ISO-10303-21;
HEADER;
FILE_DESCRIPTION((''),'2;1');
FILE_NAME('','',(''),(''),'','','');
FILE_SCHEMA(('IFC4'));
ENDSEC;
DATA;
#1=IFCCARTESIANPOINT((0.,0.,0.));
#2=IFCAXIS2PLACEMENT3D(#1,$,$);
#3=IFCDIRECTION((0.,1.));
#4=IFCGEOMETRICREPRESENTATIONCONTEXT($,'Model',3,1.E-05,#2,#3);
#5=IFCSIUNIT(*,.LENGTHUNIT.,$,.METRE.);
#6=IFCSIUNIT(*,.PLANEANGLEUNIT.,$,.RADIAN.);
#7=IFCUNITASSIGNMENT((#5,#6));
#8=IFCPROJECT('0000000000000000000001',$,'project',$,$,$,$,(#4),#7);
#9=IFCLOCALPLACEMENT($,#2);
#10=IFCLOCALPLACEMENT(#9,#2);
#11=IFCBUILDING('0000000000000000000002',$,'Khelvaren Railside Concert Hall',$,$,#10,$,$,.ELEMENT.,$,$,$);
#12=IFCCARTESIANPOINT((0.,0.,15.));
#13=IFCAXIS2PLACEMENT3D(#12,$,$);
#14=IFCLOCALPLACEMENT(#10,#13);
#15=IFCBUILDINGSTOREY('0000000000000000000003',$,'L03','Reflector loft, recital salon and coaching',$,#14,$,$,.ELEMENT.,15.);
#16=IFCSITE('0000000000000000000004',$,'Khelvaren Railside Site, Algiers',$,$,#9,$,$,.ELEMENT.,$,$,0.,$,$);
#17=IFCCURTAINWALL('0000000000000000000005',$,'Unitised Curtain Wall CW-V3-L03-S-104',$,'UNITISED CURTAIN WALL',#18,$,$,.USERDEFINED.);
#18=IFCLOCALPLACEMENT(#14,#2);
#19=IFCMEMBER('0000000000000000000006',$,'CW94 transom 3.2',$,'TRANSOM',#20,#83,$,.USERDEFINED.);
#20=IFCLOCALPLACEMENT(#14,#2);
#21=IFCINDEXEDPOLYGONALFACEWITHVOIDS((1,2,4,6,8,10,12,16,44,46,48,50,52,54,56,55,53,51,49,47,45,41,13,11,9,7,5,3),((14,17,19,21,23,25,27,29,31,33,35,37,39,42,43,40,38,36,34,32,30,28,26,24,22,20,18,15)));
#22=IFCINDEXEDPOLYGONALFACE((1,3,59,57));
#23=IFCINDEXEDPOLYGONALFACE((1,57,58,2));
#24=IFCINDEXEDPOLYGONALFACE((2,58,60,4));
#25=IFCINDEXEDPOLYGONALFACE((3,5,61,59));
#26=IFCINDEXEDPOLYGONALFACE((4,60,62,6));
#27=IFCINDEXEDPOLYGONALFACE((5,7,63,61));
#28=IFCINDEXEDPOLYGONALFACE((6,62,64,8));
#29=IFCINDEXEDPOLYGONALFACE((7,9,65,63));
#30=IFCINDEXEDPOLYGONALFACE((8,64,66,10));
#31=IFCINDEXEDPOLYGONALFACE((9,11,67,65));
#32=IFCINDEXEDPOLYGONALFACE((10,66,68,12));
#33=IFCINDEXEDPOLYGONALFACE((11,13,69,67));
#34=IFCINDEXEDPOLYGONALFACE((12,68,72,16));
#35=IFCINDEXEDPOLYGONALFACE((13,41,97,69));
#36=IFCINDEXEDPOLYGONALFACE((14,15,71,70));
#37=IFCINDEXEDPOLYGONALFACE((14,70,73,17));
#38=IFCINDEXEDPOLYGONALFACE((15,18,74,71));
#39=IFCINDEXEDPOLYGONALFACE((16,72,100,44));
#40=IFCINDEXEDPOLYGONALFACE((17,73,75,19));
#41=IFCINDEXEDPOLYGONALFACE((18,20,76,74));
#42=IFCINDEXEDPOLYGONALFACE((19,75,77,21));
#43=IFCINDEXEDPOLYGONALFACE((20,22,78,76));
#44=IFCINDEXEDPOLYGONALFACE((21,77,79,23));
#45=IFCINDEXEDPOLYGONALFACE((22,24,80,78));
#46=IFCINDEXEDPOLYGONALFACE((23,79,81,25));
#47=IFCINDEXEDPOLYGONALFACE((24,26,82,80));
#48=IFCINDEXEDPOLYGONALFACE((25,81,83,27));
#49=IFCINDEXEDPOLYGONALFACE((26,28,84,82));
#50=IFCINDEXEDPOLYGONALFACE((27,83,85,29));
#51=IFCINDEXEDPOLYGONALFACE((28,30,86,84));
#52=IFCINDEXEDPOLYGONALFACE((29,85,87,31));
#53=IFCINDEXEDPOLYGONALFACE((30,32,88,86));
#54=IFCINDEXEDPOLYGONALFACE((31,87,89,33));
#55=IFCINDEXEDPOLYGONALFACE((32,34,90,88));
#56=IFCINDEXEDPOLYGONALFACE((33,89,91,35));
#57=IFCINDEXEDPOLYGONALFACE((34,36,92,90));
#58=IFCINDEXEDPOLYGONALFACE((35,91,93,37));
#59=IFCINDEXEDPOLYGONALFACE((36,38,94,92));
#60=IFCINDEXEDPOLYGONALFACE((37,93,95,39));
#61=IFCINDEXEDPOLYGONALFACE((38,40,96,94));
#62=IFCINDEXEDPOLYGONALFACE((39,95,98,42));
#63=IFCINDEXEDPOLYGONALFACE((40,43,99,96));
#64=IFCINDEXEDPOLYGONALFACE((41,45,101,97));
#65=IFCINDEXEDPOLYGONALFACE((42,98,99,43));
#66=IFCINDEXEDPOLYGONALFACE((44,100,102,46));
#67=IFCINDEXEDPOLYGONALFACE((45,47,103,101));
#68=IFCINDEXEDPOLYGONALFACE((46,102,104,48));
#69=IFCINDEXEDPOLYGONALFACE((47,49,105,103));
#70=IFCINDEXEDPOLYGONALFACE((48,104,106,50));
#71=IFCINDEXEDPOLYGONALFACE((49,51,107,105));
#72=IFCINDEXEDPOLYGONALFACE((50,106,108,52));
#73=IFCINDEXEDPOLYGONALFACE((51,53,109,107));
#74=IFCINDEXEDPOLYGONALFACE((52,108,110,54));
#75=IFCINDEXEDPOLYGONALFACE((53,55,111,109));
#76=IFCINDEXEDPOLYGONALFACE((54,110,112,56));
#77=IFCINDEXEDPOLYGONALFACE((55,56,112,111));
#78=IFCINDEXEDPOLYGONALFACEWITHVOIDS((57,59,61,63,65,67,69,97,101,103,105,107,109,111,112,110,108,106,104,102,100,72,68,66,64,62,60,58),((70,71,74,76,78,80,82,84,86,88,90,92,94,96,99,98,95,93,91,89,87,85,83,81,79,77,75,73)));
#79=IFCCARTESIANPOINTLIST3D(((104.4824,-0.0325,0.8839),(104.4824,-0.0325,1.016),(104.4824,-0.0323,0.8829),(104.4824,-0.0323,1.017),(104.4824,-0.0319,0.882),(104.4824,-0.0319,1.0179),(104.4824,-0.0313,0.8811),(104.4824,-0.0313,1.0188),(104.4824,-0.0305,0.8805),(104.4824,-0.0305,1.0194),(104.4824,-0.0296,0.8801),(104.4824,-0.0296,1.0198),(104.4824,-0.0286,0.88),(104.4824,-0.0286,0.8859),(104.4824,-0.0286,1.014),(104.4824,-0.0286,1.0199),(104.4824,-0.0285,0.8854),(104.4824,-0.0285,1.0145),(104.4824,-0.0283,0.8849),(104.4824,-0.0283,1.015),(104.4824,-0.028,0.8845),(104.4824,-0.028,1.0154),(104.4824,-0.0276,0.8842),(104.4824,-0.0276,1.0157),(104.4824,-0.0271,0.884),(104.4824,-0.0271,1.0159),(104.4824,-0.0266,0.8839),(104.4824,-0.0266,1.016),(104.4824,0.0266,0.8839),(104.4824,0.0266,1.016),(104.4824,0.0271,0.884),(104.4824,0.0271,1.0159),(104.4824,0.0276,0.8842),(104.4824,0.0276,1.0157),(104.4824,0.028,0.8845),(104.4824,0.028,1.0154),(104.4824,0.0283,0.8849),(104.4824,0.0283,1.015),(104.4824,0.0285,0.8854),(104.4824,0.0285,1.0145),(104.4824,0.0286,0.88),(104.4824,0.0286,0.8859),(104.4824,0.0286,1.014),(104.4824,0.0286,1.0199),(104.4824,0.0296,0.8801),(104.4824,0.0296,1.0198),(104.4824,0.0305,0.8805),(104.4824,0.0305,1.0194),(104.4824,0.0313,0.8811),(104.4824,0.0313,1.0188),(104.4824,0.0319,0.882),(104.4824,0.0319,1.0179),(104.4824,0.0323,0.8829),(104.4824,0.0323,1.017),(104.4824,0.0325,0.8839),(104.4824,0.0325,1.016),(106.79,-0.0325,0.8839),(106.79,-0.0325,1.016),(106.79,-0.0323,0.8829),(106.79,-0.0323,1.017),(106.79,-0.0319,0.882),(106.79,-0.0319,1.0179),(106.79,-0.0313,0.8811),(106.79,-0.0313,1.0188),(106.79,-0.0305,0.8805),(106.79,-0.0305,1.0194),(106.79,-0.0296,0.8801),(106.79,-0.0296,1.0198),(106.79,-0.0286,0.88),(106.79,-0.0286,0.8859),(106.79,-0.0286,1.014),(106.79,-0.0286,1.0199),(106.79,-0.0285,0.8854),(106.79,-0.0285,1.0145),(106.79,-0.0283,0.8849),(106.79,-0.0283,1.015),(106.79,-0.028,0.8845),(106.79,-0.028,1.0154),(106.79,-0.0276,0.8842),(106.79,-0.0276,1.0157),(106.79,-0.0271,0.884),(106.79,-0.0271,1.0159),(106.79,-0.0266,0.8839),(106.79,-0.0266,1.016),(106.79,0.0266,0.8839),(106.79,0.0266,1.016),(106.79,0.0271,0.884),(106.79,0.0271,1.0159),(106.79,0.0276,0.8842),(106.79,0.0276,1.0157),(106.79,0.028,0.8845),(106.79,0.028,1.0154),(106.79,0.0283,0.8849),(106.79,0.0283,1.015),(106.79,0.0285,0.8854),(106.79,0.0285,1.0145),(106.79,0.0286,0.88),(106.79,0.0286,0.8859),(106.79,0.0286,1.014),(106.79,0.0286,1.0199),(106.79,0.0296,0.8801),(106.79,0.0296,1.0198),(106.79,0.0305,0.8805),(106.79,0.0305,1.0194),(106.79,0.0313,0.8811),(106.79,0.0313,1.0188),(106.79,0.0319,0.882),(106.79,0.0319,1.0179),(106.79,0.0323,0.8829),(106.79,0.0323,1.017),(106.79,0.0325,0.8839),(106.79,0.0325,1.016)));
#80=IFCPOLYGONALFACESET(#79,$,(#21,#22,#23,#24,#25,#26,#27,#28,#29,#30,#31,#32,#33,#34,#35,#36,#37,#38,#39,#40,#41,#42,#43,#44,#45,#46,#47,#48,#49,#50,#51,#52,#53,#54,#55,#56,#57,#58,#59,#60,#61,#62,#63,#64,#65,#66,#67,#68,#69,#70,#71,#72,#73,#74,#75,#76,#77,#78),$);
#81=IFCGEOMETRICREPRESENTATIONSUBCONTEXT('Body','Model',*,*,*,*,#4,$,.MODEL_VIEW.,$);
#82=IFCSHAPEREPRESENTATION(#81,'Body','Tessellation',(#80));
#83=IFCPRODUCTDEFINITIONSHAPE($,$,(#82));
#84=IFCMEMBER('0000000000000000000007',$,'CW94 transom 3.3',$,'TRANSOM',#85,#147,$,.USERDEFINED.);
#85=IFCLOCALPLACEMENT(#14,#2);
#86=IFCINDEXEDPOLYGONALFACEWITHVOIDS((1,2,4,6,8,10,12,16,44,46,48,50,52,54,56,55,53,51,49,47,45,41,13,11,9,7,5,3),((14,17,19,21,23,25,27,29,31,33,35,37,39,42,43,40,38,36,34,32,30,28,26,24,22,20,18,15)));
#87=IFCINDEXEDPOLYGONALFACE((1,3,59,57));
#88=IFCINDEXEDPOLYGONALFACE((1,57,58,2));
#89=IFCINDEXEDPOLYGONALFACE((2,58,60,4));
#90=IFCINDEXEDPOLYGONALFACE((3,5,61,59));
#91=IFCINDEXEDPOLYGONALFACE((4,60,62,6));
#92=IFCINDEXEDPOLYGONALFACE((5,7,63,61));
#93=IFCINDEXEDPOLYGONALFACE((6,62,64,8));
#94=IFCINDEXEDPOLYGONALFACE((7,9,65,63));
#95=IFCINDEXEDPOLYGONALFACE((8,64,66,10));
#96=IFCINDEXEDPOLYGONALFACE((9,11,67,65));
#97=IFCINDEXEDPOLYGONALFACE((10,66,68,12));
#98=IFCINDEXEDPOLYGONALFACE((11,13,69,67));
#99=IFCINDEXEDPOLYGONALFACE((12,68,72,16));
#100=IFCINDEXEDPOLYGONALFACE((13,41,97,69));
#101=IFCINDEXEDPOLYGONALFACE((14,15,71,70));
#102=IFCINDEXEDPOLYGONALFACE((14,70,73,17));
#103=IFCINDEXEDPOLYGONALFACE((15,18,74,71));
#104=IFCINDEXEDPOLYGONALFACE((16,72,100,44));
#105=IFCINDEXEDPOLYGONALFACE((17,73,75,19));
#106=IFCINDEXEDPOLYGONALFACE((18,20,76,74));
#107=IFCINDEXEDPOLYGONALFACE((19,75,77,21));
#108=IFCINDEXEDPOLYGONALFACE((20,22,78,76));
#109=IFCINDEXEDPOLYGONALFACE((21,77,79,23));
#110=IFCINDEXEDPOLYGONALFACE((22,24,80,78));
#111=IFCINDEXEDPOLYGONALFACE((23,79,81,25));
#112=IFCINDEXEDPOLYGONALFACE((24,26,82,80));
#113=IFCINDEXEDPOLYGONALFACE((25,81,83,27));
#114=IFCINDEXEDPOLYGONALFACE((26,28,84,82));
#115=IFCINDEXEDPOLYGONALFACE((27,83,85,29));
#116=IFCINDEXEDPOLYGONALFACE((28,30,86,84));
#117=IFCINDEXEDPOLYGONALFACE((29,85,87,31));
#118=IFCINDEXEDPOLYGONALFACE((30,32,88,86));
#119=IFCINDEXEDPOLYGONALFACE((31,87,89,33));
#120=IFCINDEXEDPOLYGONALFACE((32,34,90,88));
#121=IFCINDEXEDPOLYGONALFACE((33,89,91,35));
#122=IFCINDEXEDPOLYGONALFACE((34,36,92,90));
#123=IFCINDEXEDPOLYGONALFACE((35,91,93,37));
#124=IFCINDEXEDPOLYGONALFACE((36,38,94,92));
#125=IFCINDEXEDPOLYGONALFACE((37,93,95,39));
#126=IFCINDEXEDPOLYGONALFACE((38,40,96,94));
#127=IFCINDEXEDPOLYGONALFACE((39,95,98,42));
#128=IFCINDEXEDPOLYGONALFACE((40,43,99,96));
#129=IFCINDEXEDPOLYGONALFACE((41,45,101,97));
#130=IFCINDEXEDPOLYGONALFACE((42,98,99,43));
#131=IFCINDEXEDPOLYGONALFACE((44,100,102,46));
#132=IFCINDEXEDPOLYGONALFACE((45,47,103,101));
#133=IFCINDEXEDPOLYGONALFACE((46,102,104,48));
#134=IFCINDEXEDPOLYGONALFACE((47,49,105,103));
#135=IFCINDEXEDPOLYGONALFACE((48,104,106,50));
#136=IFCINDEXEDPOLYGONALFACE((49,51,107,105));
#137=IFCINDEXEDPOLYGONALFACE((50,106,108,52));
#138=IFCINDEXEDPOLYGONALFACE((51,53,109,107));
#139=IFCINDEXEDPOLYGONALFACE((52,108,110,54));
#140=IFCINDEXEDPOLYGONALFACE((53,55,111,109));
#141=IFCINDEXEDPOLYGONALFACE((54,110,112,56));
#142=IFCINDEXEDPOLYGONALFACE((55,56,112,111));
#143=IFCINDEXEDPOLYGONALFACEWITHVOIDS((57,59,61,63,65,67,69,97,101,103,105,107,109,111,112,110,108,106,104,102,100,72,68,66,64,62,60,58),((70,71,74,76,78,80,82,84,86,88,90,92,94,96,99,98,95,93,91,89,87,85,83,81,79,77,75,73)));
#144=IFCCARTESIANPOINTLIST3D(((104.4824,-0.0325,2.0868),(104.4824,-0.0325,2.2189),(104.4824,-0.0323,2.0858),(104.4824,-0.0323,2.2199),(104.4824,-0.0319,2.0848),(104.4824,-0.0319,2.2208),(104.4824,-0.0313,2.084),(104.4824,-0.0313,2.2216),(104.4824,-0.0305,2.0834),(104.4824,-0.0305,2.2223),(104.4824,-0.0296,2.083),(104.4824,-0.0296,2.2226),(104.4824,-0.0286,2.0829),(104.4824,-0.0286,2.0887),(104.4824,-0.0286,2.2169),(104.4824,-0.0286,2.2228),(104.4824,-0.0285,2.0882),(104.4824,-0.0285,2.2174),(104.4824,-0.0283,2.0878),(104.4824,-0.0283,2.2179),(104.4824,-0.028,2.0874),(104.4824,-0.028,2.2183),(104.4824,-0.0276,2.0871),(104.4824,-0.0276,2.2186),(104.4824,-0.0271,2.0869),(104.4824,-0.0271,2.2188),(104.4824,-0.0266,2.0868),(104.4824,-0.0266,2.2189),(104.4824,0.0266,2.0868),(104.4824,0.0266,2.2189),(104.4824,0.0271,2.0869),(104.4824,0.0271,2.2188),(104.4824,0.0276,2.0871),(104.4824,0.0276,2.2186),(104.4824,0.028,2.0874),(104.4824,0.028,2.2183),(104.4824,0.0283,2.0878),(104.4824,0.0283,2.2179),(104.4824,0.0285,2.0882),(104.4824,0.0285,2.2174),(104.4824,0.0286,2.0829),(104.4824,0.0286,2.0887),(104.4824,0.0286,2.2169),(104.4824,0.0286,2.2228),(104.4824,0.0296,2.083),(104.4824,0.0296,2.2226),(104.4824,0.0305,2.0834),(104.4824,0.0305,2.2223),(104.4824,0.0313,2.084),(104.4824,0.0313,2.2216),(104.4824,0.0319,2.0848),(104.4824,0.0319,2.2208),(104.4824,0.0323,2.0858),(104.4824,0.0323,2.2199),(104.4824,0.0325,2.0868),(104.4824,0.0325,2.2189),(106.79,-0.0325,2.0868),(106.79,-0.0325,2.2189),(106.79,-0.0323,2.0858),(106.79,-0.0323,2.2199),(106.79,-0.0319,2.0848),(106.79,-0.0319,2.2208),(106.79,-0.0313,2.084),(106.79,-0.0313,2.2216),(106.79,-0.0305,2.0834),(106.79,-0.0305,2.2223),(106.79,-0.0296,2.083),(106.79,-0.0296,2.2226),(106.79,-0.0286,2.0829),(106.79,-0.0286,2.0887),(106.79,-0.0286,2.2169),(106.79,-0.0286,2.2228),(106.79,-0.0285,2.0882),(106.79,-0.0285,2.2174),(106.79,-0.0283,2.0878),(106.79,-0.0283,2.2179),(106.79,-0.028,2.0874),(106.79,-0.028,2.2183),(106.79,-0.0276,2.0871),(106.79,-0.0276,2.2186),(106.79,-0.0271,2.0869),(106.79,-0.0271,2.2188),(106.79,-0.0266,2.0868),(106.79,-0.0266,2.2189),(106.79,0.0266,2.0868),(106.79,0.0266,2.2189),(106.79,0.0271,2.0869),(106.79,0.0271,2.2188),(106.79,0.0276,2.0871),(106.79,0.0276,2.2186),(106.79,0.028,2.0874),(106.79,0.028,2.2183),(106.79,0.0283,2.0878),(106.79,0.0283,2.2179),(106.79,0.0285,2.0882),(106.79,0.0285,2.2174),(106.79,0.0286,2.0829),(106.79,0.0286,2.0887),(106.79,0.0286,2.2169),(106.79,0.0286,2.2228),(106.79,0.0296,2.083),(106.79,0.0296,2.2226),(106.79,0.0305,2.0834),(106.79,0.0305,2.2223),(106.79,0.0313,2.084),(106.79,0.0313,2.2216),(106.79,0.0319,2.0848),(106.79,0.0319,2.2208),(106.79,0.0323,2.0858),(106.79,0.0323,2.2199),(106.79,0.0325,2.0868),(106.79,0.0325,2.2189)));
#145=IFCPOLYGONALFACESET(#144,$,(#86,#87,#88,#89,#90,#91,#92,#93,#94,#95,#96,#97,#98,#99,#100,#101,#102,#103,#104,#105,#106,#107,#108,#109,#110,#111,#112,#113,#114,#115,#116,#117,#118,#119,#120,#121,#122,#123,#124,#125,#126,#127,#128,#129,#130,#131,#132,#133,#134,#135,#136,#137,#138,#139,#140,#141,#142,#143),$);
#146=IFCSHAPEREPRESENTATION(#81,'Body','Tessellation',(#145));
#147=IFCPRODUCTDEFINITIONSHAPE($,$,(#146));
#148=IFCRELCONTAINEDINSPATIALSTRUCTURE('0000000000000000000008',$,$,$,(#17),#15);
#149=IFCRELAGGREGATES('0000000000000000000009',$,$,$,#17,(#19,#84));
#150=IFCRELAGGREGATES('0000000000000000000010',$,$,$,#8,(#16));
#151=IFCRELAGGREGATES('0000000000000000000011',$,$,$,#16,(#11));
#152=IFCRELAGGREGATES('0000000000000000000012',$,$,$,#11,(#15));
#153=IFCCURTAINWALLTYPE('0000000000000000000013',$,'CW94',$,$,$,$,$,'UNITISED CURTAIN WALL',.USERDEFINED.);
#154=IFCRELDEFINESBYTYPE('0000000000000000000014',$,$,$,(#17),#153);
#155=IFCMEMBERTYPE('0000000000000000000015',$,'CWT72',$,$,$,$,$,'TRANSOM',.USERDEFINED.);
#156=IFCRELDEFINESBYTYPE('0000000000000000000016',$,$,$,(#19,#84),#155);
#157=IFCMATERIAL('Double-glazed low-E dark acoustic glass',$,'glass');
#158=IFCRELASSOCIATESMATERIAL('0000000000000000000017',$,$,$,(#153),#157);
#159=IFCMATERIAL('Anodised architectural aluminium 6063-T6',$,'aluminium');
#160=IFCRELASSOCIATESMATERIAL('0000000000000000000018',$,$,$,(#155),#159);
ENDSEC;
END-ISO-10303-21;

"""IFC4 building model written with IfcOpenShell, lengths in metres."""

from ifc_helpers import new_model, si_unit, direction, frame, origin, origin_2d, place, context, subcontext, project, spatial, hollow_rectangle, extrude, material, material_profile, profile_set, type_object, element, aggregate, save


model = new_model("IFC4")

# Units and contexts
model_context = context("Model", 3, precision=1e-05, world=origin(), true_north=direction((0.0, 1.0)))
body_context = subcontext(model_context, "Body", "Model", "MODEL_VIEW")
ifc_project = project(units=[si_unit("LENGTHUNIT", "METRE"), si_unit("PLANEANGLEUNIT", "RADIAN")], contexts=[model_context])

# Site, building, storey
site_placement = place(None, origin())
site = spatial("IfcSite", under=ifc_project, at=site_placement, Name="Khelvaren Railside Site, Algiers", CompositionType="ELEMENT", RefElevation=0.0)
building_placement = place(site_placement, origin())
building = spatial("IfcBuilding", under=site, at=building_placement, Name="Khelvaren Railside Concert Hall", CompositionType="ELEMENT")
storey_placement = place(building_placement, frame((0.0, 0.0, 15.0)))
storey = spatial("IfcBuildingStorey", under=building, at=storey_placement, Name="L03", Description="Reflector loft, recital salon and coaching", CompositionType="ELEMENT", Elevation=15.0)

# Curtain wall
ifc_material_1 = material(Name="Double-glazed low-E dark acoustic glass", Category="glass")
curtain_wall_type_1 = type_object("IfcCurtainWallType", Name="CW94", ElementType="UNITISED CURTAIN WALL", PredefinedType="USERDEFINED", material=ifc_material_1)
curtain_wall_1_placement = place(storey_placement, origin())
curtain_wall_1 = element("IfcCurtainWall", 1, at=curtain_wall_1_placement, inside=storey, type_object=curtain_wall_type_1, Name="Unitised Curtain Wall CW-V3-L03-S-104", ObjectType="UNITISED CURTAIN WALL", PredefinedType="USERDEFINED")
ifc_material_2 = material(Name="Anodised architectural aluminium 6063-T6", Category="aluminium")

# Members
ifc_material_profile_1 = material_profile(ifc_material_2, hollow_rectangle(XDim=0.0649, YDim=0.1399, WallThickness=0.0039, InnerFilletRadius=0.002, OuterFilletRadius=0.0039, at=origin_2d()), Name="CWT 65x140x4")
ifc_profile_set_1 = profile_set([ifc_material_profile_1], Name="Anodised architectural aluminium 6063-T6")
member_type_1 = type_object("IfcMemberType", Name="CWT72", ElementType="TRANSOM", PredefinedType="USERDEFINED", material=ifc_profile_set_1)
member_1_placement = place(storey_placement, frame((106.79, 0.0, 0.95), z_axis=(-1.0, 0.0, 0.0), x_axis=(0.0, -1.0, 0.0)))
member_1 = element("IfcMember", 2, at=member_1_placement, type_object=member_type_1, Name="CW94 transom 3.2", ObjectType="TRANSOM", PredefinedType="USERDEFINED", context=body_context, shape_type="SweptSolid", body=[
    extrude(hollow_rectangle(XDim=0.0649, YDim=0.1399, WallThickness=0.0039, InnerFilletRadius=0.002, OuterFilletRadius=0.0039, at=origin_2d()), origin(), (0.0, 0.0, 1.0), 2.3076),
])
member_2_placement = place(storey_placement, frame((106.79, 0.0, 2.1528), z_axis=(-1.0, 0.0, 0.0), x_axis=(0.0, -1.0, 0.0)))
member_2 = element("IfcMember", 3, at=member_2_placement, type_object=member_type_1, Name="CW94 transom 3.3", ObjectType="TRANSOM", PredefinedType="USERDEFINED", context=body_context, shape_type="SweptSolid", body=[
    extrude(hollow_rectangle(XDim=0.0649, YDim=0.1399, WallThickness=0.0039, InnerFilletRadius=0.002, OuterFilletRadius=0.0039, at=origin_2d()), origin(), (0.0, 0.0, 1.0), 2.3076),
])

aggregate(curtain_wall_1, [member_1, member_2])

save(model, "model.ifc")
